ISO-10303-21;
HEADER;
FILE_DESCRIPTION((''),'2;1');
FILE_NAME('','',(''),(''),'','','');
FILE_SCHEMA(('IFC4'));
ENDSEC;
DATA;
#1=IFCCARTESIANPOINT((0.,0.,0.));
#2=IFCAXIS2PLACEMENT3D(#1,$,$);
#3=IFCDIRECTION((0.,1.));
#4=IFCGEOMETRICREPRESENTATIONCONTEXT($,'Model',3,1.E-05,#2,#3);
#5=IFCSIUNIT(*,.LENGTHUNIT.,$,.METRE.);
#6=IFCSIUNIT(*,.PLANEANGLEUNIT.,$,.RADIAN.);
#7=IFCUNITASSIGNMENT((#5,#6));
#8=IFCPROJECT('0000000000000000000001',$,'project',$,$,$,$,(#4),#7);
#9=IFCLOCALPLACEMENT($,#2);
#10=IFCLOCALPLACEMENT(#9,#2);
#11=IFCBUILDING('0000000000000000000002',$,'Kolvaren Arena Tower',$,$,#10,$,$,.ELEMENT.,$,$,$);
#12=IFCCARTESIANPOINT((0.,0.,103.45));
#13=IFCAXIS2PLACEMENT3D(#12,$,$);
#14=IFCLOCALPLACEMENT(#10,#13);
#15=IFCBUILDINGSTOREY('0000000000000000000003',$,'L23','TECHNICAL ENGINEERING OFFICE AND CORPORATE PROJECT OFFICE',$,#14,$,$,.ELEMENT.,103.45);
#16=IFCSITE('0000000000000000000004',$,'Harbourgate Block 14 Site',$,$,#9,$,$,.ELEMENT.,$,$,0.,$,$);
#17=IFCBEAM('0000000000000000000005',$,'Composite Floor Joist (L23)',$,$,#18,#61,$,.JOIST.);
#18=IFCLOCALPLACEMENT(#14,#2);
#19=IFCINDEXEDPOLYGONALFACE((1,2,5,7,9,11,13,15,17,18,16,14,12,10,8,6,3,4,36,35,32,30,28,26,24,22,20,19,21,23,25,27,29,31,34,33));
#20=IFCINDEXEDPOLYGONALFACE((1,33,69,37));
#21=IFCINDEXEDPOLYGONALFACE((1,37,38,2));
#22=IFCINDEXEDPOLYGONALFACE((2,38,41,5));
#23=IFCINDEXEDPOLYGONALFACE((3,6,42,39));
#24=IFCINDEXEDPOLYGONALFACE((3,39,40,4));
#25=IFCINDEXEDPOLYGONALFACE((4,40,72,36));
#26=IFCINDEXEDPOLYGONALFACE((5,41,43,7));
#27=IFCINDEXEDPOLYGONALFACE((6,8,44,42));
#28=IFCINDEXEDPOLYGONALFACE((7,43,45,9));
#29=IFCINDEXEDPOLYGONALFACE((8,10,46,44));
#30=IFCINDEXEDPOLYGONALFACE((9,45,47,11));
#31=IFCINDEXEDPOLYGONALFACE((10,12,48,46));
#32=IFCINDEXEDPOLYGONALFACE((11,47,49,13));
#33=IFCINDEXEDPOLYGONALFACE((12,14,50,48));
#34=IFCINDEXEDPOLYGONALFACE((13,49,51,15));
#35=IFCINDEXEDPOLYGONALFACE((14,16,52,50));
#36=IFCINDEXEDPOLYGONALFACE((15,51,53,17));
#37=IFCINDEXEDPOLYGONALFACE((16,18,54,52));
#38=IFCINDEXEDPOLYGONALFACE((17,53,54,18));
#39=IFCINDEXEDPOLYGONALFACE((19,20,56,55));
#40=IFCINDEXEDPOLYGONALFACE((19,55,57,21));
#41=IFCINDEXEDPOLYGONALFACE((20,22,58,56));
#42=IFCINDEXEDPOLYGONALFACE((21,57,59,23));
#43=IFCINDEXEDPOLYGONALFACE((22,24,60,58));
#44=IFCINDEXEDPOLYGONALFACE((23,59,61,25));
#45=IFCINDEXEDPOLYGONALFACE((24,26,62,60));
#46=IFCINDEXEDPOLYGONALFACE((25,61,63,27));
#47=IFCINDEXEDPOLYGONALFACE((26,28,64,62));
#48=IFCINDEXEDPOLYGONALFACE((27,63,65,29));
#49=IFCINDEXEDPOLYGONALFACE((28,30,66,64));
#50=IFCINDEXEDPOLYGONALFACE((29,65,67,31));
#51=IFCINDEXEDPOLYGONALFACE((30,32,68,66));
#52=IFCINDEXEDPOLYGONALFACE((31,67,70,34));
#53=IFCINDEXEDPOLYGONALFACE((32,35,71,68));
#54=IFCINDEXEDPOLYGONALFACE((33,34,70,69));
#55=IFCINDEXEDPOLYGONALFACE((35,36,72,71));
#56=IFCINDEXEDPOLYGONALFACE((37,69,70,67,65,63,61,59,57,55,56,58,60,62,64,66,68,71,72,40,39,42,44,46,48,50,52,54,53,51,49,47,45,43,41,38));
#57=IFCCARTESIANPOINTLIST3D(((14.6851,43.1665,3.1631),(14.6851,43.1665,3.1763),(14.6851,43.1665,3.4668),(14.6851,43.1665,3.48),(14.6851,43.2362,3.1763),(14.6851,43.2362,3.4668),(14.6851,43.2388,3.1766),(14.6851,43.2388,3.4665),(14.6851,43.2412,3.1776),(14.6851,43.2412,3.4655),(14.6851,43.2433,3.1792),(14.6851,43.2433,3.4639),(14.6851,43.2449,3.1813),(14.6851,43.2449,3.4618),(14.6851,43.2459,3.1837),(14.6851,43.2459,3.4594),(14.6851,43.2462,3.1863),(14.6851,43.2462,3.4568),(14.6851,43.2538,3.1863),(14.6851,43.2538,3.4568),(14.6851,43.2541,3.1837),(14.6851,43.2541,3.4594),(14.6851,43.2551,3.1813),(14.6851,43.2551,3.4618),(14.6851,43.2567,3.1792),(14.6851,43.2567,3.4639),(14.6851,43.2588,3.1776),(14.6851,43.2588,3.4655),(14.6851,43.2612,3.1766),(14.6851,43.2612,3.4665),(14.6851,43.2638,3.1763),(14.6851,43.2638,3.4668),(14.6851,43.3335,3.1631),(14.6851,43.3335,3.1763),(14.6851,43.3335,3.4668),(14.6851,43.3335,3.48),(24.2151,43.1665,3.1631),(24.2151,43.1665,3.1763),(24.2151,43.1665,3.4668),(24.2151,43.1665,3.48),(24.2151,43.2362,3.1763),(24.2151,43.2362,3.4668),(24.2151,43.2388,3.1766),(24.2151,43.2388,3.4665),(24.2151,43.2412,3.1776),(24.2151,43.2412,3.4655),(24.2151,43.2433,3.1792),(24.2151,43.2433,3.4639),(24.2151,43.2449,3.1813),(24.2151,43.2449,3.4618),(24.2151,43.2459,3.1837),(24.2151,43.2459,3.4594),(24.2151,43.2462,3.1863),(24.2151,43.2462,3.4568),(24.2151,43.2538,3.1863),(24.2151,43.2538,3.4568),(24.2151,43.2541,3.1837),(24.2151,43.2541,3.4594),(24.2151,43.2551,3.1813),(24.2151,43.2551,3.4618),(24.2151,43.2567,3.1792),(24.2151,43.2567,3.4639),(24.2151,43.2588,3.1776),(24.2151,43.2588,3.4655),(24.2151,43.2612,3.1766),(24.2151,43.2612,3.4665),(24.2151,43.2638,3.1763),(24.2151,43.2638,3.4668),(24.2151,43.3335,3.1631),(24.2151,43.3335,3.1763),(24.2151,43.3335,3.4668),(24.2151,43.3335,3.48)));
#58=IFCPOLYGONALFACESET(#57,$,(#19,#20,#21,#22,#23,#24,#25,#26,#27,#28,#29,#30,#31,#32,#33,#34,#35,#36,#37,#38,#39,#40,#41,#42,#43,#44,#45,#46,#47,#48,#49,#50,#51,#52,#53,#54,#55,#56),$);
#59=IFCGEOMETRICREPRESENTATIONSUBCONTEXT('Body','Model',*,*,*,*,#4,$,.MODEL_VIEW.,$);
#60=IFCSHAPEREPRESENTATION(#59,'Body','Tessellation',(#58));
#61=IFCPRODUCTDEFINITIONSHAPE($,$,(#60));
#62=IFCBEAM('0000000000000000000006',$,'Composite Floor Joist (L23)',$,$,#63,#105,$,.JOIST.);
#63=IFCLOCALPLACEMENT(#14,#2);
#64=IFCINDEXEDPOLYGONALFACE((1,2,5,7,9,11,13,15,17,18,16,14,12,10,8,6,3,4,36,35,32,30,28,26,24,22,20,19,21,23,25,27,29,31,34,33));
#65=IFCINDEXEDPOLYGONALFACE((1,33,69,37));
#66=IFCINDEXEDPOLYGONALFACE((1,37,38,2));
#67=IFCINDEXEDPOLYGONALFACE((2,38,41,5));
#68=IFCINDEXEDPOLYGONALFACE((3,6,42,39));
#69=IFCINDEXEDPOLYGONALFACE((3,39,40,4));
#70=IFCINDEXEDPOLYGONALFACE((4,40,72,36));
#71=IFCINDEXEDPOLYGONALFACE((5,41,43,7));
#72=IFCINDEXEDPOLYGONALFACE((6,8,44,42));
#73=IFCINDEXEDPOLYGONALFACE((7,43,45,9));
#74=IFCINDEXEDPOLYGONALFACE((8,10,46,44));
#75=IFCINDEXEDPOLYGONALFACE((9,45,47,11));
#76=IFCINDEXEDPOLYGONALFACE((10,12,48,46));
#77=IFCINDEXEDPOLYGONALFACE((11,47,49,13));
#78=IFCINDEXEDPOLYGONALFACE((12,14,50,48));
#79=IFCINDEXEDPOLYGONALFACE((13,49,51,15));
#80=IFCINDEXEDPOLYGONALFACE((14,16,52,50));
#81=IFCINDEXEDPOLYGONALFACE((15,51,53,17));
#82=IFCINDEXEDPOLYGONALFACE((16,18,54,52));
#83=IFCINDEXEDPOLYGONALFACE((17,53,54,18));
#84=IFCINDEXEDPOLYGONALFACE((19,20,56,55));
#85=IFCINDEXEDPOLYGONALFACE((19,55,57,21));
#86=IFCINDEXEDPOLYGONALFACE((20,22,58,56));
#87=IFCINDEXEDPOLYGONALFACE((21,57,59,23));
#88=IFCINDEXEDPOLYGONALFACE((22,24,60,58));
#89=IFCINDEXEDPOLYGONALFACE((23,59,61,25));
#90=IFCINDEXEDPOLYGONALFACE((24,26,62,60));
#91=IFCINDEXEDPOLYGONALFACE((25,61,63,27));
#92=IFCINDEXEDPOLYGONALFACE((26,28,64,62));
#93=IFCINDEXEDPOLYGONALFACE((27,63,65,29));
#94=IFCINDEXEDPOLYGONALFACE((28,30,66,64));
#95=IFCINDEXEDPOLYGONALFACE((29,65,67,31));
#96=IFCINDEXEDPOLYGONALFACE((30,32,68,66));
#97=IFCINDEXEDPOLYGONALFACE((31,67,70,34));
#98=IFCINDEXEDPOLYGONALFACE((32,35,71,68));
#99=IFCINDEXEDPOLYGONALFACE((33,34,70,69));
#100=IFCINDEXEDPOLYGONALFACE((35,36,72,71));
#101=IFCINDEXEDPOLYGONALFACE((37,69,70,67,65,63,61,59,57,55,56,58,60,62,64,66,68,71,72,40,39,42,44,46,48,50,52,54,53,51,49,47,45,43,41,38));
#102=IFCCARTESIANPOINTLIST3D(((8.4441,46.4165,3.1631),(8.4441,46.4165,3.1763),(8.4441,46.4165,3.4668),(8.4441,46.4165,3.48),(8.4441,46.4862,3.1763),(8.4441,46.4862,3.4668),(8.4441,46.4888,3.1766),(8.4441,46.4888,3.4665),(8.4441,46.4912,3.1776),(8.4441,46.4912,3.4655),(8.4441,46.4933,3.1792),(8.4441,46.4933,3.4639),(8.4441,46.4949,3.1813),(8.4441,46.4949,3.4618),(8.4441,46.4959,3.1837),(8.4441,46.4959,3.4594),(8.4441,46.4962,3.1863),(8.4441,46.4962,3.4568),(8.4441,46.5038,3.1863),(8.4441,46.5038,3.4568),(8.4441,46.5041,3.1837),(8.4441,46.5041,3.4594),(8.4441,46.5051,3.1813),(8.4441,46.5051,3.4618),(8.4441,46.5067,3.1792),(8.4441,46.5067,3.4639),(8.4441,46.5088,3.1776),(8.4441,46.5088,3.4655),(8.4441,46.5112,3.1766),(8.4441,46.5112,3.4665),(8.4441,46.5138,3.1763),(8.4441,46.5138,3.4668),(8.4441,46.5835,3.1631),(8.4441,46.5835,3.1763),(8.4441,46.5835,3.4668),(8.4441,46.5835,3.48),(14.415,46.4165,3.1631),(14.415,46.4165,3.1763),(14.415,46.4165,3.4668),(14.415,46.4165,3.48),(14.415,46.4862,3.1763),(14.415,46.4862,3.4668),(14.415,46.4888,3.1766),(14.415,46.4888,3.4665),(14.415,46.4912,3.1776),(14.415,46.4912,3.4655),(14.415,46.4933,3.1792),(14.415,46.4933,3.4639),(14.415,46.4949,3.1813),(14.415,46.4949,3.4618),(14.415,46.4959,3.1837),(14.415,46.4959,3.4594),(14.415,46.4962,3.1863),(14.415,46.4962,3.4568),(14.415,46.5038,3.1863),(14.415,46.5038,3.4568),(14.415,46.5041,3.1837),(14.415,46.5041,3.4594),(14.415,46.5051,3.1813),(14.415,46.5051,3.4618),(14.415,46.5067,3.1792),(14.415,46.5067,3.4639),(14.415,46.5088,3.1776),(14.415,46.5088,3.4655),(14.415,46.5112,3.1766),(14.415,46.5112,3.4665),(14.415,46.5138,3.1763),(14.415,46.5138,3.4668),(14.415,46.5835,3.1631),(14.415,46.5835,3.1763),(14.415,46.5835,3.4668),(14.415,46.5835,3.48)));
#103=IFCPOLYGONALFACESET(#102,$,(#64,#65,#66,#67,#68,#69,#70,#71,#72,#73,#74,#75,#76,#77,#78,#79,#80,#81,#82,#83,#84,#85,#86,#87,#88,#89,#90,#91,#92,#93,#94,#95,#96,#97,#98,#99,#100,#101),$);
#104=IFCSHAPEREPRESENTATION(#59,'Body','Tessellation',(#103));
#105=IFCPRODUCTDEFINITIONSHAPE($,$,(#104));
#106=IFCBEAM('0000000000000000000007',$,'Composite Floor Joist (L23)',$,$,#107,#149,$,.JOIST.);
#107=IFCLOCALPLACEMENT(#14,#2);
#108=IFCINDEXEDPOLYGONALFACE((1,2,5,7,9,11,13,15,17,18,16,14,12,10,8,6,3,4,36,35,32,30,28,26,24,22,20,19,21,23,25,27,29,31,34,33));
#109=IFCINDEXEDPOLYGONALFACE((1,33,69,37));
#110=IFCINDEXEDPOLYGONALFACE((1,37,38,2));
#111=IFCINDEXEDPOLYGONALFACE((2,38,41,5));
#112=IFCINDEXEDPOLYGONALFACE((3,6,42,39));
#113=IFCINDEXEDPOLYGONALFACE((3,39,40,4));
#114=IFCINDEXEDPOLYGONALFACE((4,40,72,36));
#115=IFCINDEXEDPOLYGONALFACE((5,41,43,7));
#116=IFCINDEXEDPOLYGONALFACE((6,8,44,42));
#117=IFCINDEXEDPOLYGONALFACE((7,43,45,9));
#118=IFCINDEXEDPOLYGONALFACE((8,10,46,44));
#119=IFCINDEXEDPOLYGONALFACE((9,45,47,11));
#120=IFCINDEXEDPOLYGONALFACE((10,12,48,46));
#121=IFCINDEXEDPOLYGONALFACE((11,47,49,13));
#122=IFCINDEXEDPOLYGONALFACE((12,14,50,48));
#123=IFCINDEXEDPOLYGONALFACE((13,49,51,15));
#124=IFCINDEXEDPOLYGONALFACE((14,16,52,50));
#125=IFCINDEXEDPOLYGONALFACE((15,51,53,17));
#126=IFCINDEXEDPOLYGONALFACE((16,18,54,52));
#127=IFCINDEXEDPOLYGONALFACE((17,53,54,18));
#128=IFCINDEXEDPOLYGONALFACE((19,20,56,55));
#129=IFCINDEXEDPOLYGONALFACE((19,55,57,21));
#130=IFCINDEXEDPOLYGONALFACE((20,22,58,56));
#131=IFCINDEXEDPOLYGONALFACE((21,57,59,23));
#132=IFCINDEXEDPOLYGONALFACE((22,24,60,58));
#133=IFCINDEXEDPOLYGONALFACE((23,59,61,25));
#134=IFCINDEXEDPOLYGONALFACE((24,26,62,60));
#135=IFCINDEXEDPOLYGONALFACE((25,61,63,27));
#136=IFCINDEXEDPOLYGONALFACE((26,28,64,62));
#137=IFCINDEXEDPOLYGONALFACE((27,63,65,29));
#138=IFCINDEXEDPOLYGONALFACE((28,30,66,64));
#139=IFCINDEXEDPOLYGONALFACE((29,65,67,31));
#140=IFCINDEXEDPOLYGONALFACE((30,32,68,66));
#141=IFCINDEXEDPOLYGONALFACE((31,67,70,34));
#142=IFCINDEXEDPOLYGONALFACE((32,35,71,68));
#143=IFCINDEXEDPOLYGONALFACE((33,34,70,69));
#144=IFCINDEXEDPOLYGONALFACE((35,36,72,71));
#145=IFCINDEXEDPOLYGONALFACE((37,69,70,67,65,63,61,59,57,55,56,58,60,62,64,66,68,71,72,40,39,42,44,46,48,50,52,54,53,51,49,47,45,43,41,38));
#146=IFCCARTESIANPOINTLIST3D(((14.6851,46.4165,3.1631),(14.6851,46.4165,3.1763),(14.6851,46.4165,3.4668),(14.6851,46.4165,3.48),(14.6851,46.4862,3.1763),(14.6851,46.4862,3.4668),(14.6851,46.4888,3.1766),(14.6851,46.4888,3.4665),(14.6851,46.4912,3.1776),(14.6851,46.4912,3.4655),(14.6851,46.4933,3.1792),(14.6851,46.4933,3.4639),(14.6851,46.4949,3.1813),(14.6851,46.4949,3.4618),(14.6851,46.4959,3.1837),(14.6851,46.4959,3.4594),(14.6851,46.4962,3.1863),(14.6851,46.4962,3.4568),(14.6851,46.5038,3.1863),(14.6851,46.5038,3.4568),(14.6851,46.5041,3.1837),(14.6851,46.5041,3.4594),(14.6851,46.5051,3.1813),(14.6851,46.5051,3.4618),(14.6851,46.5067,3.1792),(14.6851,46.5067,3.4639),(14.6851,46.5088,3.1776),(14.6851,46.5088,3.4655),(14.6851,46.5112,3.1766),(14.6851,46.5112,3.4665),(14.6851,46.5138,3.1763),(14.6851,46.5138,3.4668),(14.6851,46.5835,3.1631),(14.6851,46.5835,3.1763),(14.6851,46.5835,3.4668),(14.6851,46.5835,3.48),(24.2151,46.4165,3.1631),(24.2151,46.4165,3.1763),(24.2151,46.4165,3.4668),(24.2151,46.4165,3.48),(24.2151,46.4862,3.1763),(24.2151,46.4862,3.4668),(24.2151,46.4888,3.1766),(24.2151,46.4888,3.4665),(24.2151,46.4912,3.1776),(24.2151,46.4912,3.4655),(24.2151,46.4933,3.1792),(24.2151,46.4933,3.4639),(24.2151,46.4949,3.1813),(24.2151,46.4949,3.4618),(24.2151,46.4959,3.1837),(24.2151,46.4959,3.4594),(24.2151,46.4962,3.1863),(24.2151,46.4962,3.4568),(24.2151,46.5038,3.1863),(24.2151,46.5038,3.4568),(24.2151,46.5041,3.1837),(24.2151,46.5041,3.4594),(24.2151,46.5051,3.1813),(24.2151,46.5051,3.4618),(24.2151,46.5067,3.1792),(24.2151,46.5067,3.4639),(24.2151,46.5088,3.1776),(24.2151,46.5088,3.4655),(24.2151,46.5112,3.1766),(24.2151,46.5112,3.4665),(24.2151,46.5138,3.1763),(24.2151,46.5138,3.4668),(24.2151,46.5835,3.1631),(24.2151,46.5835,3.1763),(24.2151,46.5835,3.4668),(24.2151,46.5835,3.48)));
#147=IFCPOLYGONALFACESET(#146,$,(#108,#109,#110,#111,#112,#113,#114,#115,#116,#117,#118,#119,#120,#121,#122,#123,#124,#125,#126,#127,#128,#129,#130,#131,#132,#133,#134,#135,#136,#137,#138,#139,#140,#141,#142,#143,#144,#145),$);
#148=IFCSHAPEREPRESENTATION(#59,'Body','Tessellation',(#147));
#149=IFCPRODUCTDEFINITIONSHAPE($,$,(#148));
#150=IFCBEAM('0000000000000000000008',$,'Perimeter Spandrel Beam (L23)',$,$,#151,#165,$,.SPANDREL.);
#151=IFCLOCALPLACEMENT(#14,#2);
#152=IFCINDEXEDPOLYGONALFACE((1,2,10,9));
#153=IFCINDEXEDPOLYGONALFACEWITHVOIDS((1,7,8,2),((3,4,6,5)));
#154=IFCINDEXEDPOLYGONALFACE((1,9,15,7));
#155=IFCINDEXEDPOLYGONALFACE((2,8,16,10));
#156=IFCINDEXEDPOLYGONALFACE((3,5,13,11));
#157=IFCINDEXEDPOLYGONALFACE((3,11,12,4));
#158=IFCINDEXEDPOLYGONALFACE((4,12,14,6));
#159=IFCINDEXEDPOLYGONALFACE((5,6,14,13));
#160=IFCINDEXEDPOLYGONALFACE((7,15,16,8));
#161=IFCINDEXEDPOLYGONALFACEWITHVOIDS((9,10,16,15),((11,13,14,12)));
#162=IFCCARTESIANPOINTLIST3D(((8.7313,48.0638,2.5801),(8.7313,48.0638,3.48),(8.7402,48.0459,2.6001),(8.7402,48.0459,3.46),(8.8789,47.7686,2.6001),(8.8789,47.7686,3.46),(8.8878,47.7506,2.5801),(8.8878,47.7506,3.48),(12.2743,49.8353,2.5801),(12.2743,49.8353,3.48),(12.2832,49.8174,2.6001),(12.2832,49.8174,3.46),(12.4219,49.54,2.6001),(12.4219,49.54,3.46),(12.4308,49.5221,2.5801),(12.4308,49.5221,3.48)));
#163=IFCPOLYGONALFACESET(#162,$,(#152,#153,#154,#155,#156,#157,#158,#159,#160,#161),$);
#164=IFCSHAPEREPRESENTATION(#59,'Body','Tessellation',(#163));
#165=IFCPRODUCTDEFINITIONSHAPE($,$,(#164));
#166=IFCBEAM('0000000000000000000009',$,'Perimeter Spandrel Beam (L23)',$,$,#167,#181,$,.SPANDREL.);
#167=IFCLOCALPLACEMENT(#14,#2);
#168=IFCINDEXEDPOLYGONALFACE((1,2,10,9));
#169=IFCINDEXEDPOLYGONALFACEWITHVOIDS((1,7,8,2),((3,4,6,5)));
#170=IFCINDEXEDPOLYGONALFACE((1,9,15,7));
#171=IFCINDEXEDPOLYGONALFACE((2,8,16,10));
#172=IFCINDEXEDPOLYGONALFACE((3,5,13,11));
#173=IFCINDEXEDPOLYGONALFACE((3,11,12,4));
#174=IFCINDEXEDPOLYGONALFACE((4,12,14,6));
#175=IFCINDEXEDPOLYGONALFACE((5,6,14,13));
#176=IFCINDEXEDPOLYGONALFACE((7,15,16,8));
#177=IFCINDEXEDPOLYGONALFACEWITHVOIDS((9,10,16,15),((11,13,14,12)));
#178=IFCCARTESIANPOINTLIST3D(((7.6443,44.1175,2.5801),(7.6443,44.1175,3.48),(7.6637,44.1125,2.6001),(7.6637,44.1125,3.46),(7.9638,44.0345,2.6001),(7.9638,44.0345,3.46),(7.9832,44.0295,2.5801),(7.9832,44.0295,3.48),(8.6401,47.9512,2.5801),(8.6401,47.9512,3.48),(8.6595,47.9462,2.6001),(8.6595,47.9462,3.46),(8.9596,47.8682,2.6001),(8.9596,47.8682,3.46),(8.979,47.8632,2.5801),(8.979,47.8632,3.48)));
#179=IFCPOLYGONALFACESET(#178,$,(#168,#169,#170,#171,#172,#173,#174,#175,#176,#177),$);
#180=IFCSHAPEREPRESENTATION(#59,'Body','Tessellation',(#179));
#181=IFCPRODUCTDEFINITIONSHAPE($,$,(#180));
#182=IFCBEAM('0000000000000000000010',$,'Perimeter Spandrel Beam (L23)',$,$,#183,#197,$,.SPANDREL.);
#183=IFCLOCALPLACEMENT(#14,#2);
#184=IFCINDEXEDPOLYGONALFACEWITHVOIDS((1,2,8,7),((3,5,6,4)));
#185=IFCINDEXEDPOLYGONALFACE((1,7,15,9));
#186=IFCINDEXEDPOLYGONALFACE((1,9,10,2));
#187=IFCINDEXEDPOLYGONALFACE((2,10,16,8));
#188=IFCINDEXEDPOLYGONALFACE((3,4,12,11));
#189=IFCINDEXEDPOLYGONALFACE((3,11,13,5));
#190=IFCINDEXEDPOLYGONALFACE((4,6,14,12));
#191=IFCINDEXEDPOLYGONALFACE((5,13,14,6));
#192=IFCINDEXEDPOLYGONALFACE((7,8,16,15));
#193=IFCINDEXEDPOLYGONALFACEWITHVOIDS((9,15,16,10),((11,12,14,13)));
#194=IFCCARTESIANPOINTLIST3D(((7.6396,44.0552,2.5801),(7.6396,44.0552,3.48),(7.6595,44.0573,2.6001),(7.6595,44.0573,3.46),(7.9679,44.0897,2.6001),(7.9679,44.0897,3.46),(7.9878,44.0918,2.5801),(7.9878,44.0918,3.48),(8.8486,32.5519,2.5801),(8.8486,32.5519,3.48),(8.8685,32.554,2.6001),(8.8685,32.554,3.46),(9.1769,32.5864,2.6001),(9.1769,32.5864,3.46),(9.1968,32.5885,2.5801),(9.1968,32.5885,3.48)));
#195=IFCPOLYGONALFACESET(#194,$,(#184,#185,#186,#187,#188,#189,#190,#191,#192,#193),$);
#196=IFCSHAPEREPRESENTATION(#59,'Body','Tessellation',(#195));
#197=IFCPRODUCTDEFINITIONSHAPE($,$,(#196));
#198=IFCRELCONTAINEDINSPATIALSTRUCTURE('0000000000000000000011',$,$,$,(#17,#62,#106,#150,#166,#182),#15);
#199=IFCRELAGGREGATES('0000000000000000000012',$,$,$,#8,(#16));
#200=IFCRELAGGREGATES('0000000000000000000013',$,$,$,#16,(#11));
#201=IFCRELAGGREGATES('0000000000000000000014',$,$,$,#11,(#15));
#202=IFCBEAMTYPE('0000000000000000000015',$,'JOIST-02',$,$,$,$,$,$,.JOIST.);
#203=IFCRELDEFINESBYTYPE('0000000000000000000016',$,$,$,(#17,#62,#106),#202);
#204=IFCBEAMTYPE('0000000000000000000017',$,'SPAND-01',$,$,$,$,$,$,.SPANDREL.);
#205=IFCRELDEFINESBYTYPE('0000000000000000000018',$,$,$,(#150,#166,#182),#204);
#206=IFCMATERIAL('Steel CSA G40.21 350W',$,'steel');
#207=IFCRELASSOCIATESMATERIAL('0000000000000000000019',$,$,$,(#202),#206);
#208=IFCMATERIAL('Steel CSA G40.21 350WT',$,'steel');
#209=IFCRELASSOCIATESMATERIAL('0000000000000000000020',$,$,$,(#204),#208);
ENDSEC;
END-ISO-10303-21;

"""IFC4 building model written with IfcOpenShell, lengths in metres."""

from ifc_helpers import new_model, si_unit, direction, frame, origin, origin_2d, place, context, subcontext, project, spatial, hollow_rectangle, i_section, extrude, material, material_profile, profile_set, type_object, element, save


model = new_model("IFC4")

# Units and contexts
model_context = context("Model", 3, precision=1e-05, world=origin(), true_north=direction((0.0, 1.0)))
body_context = subcontext(model_context, "Body", "Model", "MODEL_VIEW")
ifc_project = project(units=[si_unit("LENGTHUNIT", "METRE"), si_unit("PLANEANGLEUNIT", "RADIAN")], contexts=[model_context])

# Site, building, storey
site_placement = place(None, origin())
site = spatial("IfcSite", under=ifc_project, at=site_placement, Name="Harbourgate Block 14 Site", CompositionType="ELEMENT", RefElevation=0.0)
building_placement = place(site_placement, origin())
building = spatial("IfcBuilding", under=site, at=building_placement, Name="Kolvaren Arena Tower", CompositionType="ELEMENT")
storey_placement = place(building_placement, frame((0.0, 0.0, 103.45)))
storey = spatial("IfcBuildingStorey", under=building, at=storey_placement, Name="L23", Description="TECHNICAL ENGINEERING OFFICE AND CORPORATE PROJECT OFFICE", CompositionType="ELEMENT", Elevation=103.45)

# Beams
ifc_material_1 = material(Name="Steel CSA G40.21 350W", Category="steel")
ifc_material_profile_1 = material_profile(ifc_material_1, i_section(OverallWidth=0.167, OverallDepth=0.3169, WebThickness=0.0076, FlangeThickness=0.0132, FilletRadius=0.01, at=origin_2d()), Name="W310x52")
ifc_profile_set_1 = profile_set([ifc_material_profile_1], Name="Steel CSA G40.21 350W")
beam_type_1 = type_object("IfcBeamType", Name="JOIST-02", PredefinedType="JOIST", material=ifc_profile_set_1)
beam_1_placement = place(storey_placement, frame((14.6851, 43.25, 3.3215), z_axis=(1.0, 0.0, 0.0), x_axis=(0.0, 1.0, 0.0)))
element("IfcBeam", 1, at=beam_1_placement, inside=storey, type_object=beam_type_1, Name="Composite Floor Joist (L23)", PredefinedType="JOIST", context=body_context, shape_type="SweptSolid", body=[
    extrude(i_section(OverallWidth=0.167, OverallDepth=0.3169, WebThickness=0.0076, FlangeThickness=0.0132, FilletRadius=0.01, at=origin_2d()), origin(), (0.0, 0.0, 1.0), 9.53),
])
beam_2_placement = place(storey_placement, frame((8.4441, 46.5, 3.3215), z_axis=(1.0, 0.0, 0.0), x_axis=(0.0, 1.0, 0.0)))
element("IfcBeam", 2, at=beam_2_placement, inside=storey, type_object=beam_type_1, Name="Composite Floor Joist (L23)", PredefinedType="JOIST", context=body_context, shape_type="SweptSolid", body=[
    extrude(i_section(OverallWidth=0.167, OverallDepth=0.3169, WebThickness=0.0076, FlangeThickness=0.0132, FilletRadius=0.01, at=origin_2d()), origin(), (0.0, 0.0, 1.0), 5.9709),
])
beam_3_placement = place(storey_placement, frame((14.6851, 46.5, 3.3215), z_axis=(1.0, 0.0, 0.0), x_axis=(0.0, 1.0, 0.0)))
element("IfcBeam", 3, at=beam_3_placement, inside=storey, type_object=beam_type_1, Name="Composite Floor Joist (L23)", PredefinedType="JOIST", context=body_context, shape_type="SweptSolid", body=[
    extrude(i_section(OverallWidth=0.167, OverallDepth=0.3169, WebThickness=0.0076, FlangeThickness=0.0132, FilletRadius=0.01, at=origin_2d()), origin(), (0.0, 0.0, 1.0), 9.53),
])
ifc_material_2 = material(Name="Steel CSA G40.21 350WT", Category="steel")
ifc_material_profile_2 = material_profile(ifc_material_2, hollow_rectangle(XDim=0.3501, YDim=0.8999, WallThickness=0.02, at=origin_2d()), Name="HSS 900x350x20")
ifc_profile_set_2 = profile_set([ifc_material_profile_2], Name="Steel CSA G40.21 350WT")
beam_type_2 = type_object("IfcBeamType", Name="SPAND-01", PredefinedType="SPANDREL", material=ifc_profile_set_2)
beam_4_placement = place(storey_placement, frame((12.3525, 49.6787, 3.03), z_axis=(-0.894427, -0.447214, 0.0), x_axis=(0.447214, -0.894427, 0.0)))
element("IfcBeam", 4, at=beam_4_placement, inside=storey, type_object=beam_type_2, Name="Perimeter Spandrel Beam (L23)", PredefinedType="SPANDREL", context=body_context, shape_type="SweptSolid", body=[
    extrude(hollow_rectangle(XDim=0.3501, YDim=0.8999, WallThickness=0.02, at=origin_2d()), origin(), (0.0, 0.0, 1.0), 3.9612),
])
beam_5_placement = place(storey_placement, frame((8.8096, 47.9072, 3.03), z_axis=(-0.251416, -0.967879, 0.0), x_axis=(0.967879, -0.251416, 0.0)))
element("IfcBeam", 5, at=beam_5_placement, inside=storey, type_object=beam_type_2, Name="Perimeter Spandrel Beam (L23)", PredefinedType="SPANDREL", context=body_context, shape_type="SweptSolid", body=[
    extrude(hollow_rectangle(XDim=0.3501, YDim=0.8999, WallThickness=0.02, at=origin_2d()), origin(), (0.0, 0.0, 1.0), 3.9609),
])
beam_6_placement = place(storey_placement, frame((7.8137, 44.0735, 3.03), z_axis=(0.104524, -0.994522, 0.0), x_axis=(0.994522, 0.104524, 0.0)))
element("IfcBeam", 6, at=beam_6_placement, inside=storey, type_object=beam_type_2, Name="Perimeter Spandrel Beam (L23)", PredefinedType="SPANDREL", context=body_context, shape_type="SweptSolid", body=[
    extrude(hollow_rectangle(XDim=0.3501, YDim=0.8999, WallThickness=0.02, at=origin_2d()), origin(), (0.0, 0.0, 1.0), 11.5667),
])

save(model, "model.ifc")
